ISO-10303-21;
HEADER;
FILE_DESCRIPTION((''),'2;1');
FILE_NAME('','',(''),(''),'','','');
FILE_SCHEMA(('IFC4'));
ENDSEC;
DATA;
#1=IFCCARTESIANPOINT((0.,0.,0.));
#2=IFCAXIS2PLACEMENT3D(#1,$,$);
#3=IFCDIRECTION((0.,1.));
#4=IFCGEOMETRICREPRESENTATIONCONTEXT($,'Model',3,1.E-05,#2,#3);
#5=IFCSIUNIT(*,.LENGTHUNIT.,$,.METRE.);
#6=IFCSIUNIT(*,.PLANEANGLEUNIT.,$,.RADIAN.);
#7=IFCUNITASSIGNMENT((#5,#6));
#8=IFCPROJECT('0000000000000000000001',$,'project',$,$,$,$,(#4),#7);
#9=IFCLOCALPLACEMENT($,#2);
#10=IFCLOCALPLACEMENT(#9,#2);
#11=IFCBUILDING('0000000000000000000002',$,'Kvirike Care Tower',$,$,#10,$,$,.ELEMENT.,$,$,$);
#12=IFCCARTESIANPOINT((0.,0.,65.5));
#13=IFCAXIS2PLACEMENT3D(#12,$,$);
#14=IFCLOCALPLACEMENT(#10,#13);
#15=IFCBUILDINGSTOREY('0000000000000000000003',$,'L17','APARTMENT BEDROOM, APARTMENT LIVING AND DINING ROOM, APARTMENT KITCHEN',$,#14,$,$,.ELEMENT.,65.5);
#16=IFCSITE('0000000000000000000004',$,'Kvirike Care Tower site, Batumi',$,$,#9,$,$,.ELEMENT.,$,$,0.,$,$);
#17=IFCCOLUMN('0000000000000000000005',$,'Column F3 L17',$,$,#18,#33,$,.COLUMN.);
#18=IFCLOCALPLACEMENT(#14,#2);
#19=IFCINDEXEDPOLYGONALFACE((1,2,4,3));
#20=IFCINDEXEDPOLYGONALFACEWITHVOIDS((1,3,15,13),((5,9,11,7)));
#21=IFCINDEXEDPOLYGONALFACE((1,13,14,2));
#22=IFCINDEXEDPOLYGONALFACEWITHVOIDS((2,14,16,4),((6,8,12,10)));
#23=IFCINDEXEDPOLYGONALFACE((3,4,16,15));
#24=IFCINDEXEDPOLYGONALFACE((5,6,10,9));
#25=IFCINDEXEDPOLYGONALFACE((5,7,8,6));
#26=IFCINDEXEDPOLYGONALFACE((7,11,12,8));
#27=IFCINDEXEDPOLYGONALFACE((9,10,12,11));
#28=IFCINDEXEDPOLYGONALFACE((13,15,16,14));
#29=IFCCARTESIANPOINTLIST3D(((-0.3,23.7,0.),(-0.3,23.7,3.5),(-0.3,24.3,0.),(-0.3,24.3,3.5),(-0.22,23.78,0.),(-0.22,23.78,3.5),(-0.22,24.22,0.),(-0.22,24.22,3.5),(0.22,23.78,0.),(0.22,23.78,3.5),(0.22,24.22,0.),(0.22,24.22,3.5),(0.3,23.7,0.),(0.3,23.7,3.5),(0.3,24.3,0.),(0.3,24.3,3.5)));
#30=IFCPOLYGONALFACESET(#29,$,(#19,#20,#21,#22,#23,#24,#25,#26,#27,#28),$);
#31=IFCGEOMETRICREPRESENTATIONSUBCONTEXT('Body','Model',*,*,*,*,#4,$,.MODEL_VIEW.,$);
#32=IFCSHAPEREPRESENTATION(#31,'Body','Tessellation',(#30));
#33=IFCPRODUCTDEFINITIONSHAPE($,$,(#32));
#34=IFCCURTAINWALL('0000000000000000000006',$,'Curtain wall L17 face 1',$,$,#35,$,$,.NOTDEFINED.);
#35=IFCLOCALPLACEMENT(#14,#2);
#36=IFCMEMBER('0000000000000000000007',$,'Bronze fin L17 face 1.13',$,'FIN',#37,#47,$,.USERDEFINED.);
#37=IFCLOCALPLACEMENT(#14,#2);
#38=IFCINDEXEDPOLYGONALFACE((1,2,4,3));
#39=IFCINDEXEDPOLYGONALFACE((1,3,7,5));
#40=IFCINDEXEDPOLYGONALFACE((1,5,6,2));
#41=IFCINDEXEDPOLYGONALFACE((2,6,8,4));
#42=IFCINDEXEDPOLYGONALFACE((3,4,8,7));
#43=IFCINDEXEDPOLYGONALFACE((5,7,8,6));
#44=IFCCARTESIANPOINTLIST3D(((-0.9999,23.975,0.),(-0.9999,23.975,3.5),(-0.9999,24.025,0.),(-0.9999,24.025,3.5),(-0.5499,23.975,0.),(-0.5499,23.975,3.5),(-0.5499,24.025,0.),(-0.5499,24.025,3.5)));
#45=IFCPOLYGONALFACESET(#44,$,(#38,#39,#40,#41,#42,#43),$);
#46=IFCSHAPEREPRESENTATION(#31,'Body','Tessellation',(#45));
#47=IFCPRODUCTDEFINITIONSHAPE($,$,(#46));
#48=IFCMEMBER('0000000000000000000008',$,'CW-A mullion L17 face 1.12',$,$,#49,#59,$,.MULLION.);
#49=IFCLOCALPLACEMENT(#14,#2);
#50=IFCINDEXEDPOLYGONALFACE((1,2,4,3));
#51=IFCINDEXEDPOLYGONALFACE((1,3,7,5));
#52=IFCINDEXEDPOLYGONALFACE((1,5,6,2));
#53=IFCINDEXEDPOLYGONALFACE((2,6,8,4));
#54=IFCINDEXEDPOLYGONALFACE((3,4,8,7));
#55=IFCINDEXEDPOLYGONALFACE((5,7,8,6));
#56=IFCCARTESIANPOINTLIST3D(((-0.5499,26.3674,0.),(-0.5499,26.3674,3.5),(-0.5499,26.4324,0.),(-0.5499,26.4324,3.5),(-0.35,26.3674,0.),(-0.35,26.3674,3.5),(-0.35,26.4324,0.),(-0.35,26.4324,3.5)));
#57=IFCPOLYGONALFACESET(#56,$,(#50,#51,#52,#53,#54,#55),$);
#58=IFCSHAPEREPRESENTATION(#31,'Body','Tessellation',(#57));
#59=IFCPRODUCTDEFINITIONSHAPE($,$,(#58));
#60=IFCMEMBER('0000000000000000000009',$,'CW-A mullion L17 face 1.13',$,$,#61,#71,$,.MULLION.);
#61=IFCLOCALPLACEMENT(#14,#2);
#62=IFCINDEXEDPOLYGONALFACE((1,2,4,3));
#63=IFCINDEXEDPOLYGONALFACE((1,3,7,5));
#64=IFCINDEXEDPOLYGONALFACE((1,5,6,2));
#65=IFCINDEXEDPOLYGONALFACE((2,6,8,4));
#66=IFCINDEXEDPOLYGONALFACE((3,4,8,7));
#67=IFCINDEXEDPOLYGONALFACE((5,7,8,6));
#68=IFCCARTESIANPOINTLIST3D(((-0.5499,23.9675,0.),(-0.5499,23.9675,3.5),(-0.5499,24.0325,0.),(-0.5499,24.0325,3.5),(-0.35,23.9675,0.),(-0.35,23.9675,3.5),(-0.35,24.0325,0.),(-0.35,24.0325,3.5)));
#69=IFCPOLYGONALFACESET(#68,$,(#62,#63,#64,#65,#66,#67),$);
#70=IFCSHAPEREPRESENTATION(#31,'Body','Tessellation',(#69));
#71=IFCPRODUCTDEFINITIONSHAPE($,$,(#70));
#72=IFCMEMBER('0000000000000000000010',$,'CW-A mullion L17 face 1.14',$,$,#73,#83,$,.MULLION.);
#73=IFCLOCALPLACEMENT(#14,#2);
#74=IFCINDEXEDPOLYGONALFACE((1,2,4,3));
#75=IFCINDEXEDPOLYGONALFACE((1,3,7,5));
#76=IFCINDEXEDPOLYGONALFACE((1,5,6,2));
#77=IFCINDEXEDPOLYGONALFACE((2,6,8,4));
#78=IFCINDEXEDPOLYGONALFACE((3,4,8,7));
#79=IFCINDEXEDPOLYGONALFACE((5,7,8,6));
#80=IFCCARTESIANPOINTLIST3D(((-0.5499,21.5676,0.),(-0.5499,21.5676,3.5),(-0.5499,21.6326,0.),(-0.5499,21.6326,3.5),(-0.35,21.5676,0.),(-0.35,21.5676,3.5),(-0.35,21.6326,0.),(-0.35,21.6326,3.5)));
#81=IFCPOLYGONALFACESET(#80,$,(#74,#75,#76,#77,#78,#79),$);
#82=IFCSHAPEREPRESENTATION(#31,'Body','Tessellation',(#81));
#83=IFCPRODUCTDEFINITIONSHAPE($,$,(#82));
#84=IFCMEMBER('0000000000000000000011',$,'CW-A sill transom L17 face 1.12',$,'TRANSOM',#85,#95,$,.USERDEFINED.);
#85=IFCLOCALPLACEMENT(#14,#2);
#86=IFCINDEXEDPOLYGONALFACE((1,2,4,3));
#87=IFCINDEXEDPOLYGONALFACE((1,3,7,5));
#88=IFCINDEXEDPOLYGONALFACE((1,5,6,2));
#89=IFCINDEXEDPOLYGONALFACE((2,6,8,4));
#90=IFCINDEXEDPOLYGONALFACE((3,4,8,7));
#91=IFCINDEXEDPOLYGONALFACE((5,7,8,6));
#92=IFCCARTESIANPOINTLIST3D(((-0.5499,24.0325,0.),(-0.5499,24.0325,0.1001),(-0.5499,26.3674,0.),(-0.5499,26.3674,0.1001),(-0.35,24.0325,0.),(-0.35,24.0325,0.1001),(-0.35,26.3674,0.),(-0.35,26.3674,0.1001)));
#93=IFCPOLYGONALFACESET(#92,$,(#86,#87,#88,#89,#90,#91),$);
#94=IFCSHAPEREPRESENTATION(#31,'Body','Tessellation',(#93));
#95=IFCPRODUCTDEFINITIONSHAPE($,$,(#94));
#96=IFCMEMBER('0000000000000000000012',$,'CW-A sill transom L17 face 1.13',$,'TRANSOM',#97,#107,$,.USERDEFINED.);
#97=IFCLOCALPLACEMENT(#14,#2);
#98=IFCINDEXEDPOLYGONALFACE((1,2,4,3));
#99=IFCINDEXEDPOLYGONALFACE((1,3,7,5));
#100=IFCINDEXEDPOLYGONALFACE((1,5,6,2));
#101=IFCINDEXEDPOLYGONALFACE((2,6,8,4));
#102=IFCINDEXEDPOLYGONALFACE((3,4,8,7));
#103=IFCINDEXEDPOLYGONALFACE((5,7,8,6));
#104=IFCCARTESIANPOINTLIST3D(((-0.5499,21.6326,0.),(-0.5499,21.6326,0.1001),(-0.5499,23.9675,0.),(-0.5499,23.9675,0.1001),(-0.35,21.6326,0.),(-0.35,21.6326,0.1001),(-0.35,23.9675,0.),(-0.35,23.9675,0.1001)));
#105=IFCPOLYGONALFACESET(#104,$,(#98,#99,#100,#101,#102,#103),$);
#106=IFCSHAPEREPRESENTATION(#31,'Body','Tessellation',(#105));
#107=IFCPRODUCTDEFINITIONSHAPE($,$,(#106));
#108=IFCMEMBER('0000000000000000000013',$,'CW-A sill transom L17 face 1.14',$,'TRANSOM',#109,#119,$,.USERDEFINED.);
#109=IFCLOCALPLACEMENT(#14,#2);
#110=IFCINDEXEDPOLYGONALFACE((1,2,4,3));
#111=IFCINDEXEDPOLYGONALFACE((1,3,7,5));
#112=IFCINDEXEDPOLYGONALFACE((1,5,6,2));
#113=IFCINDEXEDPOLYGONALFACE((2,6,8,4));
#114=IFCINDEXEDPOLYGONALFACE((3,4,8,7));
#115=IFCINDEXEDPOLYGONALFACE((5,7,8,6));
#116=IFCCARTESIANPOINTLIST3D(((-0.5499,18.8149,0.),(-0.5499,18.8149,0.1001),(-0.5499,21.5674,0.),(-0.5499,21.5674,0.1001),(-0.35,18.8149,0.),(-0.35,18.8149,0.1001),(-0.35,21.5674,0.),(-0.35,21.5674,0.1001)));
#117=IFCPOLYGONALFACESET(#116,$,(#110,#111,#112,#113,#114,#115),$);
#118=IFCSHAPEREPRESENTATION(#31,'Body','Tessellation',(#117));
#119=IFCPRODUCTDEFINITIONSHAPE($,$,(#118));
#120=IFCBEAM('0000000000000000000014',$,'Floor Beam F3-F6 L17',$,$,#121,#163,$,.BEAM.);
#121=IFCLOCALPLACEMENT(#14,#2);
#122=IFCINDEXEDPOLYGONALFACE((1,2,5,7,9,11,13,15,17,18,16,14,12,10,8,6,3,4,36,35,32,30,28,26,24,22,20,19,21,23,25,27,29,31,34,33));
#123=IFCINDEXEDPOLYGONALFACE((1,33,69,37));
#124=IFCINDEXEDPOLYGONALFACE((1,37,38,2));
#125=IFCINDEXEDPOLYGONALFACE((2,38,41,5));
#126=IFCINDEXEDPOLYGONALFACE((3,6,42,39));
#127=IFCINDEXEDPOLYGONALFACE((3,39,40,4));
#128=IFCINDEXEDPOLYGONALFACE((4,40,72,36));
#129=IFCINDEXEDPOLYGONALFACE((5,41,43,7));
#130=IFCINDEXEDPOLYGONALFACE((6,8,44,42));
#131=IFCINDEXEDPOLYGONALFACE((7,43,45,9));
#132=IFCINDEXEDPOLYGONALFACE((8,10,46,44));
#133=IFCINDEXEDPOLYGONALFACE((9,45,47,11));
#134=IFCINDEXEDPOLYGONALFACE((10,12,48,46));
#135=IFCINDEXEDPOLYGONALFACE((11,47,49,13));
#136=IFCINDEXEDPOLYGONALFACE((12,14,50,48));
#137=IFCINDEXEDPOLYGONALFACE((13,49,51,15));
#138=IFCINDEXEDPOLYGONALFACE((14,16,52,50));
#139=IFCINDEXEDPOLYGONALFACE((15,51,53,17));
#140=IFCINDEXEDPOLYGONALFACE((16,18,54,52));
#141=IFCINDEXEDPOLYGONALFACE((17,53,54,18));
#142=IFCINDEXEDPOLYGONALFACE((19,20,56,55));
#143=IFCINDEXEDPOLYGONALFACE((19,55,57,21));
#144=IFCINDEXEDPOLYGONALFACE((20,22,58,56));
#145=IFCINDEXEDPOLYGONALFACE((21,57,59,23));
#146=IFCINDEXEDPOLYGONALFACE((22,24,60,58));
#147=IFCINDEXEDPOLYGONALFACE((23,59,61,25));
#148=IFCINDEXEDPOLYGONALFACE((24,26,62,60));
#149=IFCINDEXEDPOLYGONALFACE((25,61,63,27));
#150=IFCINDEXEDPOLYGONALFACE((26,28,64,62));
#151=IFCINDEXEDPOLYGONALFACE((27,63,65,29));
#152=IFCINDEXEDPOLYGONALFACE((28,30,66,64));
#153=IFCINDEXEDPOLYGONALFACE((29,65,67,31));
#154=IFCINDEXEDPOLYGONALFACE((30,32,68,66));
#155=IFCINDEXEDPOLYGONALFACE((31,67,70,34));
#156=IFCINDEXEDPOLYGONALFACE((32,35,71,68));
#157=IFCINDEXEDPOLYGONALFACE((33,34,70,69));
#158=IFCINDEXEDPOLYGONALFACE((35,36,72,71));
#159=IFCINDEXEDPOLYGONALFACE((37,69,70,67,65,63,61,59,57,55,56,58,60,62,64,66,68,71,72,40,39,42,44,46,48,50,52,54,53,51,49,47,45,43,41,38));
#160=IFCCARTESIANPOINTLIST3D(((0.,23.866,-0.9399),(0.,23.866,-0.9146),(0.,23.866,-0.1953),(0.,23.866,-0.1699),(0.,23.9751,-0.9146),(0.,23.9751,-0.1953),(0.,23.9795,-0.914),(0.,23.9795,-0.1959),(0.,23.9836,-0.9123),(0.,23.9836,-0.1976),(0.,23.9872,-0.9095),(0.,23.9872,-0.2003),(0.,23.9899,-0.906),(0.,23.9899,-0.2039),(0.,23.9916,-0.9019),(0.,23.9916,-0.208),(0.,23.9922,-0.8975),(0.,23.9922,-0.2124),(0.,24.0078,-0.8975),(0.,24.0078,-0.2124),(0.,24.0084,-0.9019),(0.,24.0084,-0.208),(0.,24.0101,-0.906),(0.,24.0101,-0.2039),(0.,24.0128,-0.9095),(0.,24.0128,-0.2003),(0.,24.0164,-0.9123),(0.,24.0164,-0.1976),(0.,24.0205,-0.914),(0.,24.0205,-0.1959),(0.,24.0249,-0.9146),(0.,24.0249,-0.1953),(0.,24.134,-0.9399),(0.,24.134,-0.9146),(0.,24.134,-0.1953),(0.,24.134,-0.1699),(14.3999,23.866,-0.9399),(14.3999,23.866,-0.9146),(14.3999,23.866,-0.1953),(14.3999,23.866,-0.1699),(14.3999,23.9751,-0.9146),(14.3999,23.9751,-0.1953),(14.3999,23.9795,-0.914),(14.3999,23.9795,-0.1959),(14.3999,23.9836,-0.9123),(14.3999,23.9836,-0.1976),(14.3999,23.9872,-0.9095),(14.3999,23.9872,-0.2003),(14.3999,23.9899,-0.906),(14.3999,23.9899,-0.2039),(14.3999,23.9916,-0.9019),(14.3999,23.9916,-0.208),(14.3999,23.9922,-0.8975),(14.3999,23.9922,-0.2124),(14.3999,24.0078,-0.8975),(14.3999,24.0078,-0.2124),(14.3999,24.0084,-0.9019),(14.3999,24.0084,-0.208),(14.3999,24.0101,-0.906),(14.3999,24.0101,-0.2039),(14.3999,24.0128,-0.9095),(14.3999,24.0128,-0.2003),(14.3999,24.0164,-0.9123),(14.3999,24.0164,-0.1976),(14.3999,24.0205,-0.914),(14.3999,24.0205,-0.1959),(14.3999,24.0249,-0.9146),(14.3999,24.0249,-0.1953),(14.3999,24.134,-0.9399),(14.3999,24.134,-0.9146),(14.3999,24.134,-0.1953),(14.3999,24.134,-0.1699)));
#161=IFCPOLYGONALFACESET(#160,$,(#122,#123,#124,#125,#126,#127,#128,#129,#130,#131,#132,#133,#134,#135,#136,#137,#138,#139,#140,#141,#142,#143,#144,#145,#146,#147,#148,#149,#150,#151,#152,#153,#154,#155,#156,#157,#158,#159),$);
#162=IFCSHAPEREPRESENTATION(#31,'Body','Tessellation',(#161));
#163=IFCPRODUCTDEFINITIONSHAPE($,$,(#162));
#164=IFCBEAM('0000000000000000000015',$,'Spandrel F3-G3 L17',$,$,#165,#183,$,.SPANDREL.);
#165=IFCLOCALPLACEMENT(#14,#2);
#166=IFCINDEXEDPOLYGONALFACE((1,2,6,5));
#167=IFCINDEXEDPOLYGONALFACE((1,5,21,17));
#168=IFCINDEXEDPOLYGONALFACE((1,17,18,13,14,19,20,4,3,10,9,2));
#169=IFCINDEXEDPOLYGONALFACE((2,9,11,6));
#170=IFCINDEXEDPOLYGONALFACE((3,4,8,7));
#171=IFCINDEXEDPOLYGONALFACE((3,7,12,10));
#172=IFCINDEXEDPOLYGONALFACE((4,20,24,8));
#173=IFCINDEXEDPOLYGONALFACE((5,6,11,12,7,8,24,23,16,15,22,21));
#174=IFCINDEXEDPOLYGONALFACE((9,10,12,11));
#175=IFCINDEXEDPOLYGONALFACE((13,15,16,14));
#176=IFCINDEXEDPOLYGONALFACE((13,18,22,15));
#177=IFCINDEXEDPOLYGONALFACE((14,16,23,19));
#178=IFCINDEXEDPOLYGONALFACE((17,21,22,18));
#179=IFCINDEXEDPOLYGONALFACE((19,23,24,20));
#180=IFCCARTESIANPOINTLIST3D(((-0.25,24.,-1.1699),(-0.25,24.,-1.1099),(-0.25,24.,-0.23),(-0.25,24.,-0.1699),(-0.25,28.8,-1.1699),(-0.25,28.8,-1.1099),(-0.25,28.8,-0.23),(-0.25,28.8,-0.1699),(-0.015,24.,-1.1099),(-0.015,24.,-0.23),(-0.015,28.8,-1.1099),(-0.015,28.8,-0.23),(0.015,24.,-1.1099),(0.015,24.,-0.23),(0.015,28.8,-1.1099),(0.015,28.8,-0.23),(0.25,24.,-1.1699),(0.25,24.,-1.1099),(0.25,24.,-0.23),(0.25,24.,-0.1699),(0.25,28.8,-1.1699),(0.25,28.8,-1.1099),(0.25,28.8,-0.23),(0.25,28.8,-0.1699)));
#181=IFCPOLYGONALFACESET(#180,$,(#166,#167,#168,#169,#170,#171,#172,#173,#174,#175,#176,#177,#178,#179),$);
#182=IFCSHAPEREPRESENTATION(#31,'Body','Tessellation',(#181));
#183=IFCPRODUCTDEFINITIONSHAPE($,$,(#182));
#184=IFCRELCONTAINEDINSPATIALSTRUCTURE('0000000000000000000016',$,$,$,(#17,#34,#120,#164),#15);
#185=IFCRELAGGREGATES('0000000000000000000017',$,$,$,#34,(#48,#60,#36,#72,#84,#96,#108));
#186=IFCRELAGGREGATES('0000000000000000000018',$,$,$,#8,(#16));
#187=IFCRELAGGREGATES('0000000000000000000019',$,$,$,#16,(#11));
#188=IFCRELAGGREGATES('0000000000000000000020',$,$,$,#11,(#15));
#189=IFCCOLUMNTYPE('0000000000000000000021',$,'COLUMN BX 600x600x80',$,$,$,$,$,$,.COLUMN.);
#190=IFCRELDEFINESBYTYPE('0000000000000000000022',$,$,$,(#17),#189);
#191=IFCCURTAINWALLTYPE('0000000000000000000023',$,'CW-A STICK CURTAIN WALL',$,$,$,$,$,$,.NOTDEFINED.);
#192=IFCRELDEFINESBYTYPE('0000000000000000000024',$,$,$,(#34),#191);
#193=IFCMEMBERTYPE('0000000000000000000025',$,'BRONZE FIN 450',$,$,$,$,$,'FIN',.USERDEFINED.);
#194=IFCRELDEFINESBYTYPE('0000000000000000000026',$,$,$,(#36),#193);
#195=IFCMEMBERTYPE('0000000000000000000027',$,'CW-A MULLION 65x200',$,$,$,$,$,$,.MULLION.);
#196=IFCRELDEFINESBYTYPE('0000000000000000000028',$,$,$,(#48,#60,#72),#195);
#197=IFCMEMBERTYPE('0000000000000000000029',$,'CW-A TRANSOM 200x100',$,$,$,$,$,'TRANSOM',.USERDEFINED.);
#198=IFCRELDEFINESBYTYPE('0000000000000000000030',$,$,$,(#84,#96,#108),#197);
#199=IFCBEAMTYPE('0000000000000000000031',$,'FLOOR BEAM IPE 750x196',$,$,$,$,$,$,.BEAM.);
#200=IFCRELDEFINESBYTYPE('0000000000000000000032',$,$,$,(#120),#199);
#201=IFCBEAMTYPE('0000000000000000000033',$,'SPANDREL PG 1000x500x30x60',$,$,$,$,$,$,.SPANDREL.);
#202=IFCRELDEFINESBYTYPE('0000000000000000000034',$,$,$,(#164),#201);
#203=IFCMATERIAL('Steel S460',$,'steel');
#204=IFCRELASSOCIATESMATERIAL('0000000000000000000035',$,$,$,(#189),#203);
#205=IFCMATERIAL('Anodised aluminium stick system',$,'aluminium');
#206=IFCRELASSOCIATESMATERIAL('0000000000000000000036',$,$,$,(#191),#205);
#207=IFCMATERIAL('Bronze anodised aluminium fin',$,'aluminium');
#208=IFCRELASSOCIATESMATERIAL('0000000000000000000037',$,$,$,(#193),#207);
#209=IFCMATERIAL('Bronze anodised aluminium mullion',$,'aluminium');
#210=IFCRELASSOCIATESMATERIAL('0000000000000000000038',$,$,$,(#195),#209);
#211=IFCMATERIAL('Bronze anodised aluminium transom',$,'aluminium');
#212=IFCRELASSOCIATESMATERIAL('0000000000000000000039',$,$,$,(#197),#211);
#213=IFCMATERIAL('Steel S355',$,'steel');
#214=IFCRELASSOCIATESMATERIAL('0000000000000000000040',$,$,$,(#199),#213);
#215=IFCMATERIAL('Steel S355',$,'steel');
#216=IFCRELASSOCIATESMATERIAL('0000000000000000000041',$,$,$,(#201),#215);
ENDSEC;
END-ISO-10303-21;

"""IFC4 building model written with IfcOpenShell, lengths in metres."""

from ifc_helpers import new_model, si_unit, direction, frame, origin, origin_2d, place, context, subcontext, project, spatial, rectangle, hollow_rectangle, i_section, extrude, material, material_profile, profile_set, type_object, element, aggregate, save


model = new_model("IFC4")

# Units and contexts
model_context = context("Model", 3, precision=1e-05, world=origin(), true_north=direction((0.0, 1.0)))
body_context = subcontext(model_context, "Body", "Model", "MODEL_VIEW")
ifc_project = project(units=[si_unit("LENGTHUNIT", "METRE"), si_unit("PLANEANGLEUNIT", "RADIAN")], contexts=[model_context])

# Site, building, storey
site_placement = place(None, origin())
site = spatial("IfcSite", under=ifc_project, at=site_placement, Name="Kvirike Care Tower site, Batumi", CompositionType="ELEMENT", RefElevation=0.0)
building_placement = place(site_placement, origin())
building = spatial("IfcBuilding", under=site, at=building_placement, Name="Kvirike Care Tower", CompositionType="ELEMENT")
storey_placement = place(building_placement, frame((0.0, 0.0, 65.5)))
storey = spatial("IfcBuildingStorey", under=building, at=storey_placement, Name="L17", Description="APARTMENT BEDROOM, APARTMENT LIVING AND DINING ROOM, APARTMENT KITCHEN", CompositionType="ELEMENT", Elevation=65.5)

# Column
ifc_material_1 = material(Name="Steel S460", Category="steel")
ifc_material_profile_1 = material_profile(ifc_material_1, hollow_rectangle(XDim=0.6001, YDim=0.6001, WallThickness=0.0801, at=origin_2d()), Name="BX 600x600x80")
ifc_profile_set_1 = profile_set([ifc_material_profile_1], Name="Steel S460")
column_type = type_object("IfcColumnType", Name="COLUMN BX 600x600x80", PredefinedType="COLUMN", material=ifc_profile_set_1)
column_placement = place(storey_placement, frame((0.0, 24.0, 0.0), z_axis=(0.0, 0.0, 1.0), x_axis=(1.0, 0.0, 0.0)))
element("IfcColumn", 1, at=column_placement, inside=storey, type_object=column_type, Name="Column F3 L17", PredefinedType="COLUMN", context=body_context, shape_type="SweptSolid", body=[
    extrude(hollow_rectangle(XDim=0.6001, YDim=0.6001, WallThickness=0.0801, at=origin_2d()), origin(), (0.0, 0.0, 1.0), 3.5),
])

# Curtain wall, members
ifc_material_2 = material(Name="Anodised aluminium stick system", Category="aluminium")
curtain_wall_type = type_object("IfcCurtainWallType", Name="CW-A STICK CURTAIN WALL", PredefinedType="NOTDEFINED", material=ifc_material_2)
curtain_wall_placement = place(storey_placement, origin())
curtain_wall = element("IfcCurtainWall", 2, at=curtain_wall_placement, inside=storey, type_object=curtain_wall_type, Name="Curtain wall L17 face 1", PredefinedType="NOTDEFINED")
ifc_material_3 = material(Name="Bronze anodised aluminium fin", Category="aluminium")
ifc_material_profile_2 = material_profile(ifc_material_3, rectangle(XDim=0.05, YDim=0.45, at=origin_2d()), Name="BRONZE FIN 450")
ifc_profile_set_2 = profile_set([ifc_material_profile_2], Name="Bronze anodised aluminium fin")
member_type_1 = type_object("IfcMemberType", Name="BRONZE FIN 450", ElementType="FIN", PredefinedType="USERDEFINED", material=ifc_profile_set_2)
member_1_placement = place(storey_placement, frame((-0.7749, 24.0, 0.0), z_axis=(0.0, 0.0, 1.0), x_axis=(0.0, -1.0, 0.0)))
member_1 = element("IfcMember", 3, at=member_1_placement, type_object=member_type_1, Name="Bronze fin L17 face 1.13", ObjectType="FIN", PredefinedType="USERDEFINED", context=body_context, shape_type="SweptSolid", body=[
    extrude(rectangle(XDim=0.05, YDim=0.45, at=origin_2d()), origin(), (0.0, 0.0, 1.0), 3.5),
])
ifc_material_4 = material(Name="Bronze anodised aluminium mullion", Category="aluminium")
ifc_material_profile_3 = material_profile(ifc_material_4, rectangle(XDim=0.0649, YDim=0.2, at=origin_2d()), Name="CW-A MULLION 65x200")
ifc_profile_set_3 = profile_set([ifc_material_profile_3], Name="Bronze anodised aluminium mullion")
member_type_2 = type_object("IfcMemberType", Name="CW-A MULLION 65x200", PredefinedType="MULLION", material=ifc_profile_set_3)
member_2_placement = place(storey_placement, frame((-0.45, 26.3999, 0.0), z_axis=(0.0, 0.0, 1.0), x_axis=(0.0, -1.0, 0.0)))
member_2 = element("IfcMember", 4, at=member_2_placement, type_object=member_type_2, Name="CW-A mullion L17 face 1.12", PredefinedType="MULLION", context=body_context, shape_type="SweptSolid", body=[
    extrude(rectangle(XDim=0.0649, YDim=0.2, at=origin_2d()), origin(), (0.0, 0.0, 1.0), 3.5),
])
member_3_placement = place(storey_placement, frame((-0.45, 24.0, 0.0), z_axis=(0.0, 0.0, 1.0), x_axis=(0.0, -1.0, 0.0)))
member_3 = element("IfcMember", 5, at=member_3_placement, type_object=member_type_2, Name="CW-A mullion L17 face 1.13", PredefinedType="MULLION", context=body_context, shape_type="SweptSolid", body=[
    extrude(rectangle(XDim=0.0649, YDim=0.2, at=origin_2d()), origin(), (0.0, 0.0, 1.0), 3.5),
])
member_4_placement = place(storey_placement, frame((-0.45, 21.6001, 0.0), z_axis=(0.0, 0.0, 1.0), x_axis=(0.0, -1.0, 0.0)))
member_4 = element("IfcMember", 6, at=member_4_placement, type_object=member_type_2, Name="CW-A mullion L17 face 1.14", PredefinedType="MULLION", context=body_context, shape_type="SweptSolid", body=[
    extrude(rectangle(XDim=0.0649, YDim=0.2, at=origin_2d()), origin(), (0.0, 0.0, 1.0), 3.5),
])
ifc_material_5 = material(Name="Bronze anodised aluminium transom", Category="aluminium")
ifc_material_profile_4 = material_profile(ifc_material_5, rectangle(XDim=0.2, YDim=0.1001, at=origin_2d()), Name="CW-A TRANSOM 200x100")
ifc_profile_set_4 = profile_set([ifc_material_profile_4], Name="Bronze anodised aluminium transom")
member_type_3 = type_object("IfcMemberType", Name="CW-A TRANSOM 200x100", ElementType="TRANSOM", PredefinedType="USERDEFINED", material=ifc_profile_set_4)
member_5_placement = place(storey_placement, frame((-0.45, 26.3674, 0.05), z_axis=(0.0, -1.0, 0.0), x_axis=(1.0, 0.0, 0.0)))
member_5 = element("IfcMember", 7, at=member_5_placement, type_object=member_type_3, Name="CW-A sill transom L17 face 1.12", ObjectType="TRANSOM", PredefinedType="USERDEFINED", context=body_context, shape_type="SweptSolid", body=[
    extrude(rectangle(XDim=0.2, YDim=0.1001, at=origin_2d()), origin(), (0.0, 0.0, 1.0), 2.335),
])
member_6_placement = place(storey_placement, frame((-0.45, 23.9675, 0.05), z_axis=(0.0, -1.0, 0.0), x_axis=(1.0, 0.0, 0.0)))
member_6 = element("IfcMember", 8, at=member_6_placement, type_object=member_type_3, Name="CW-A sill transom L17 face 1.13", ObjectType="TRANSOM", PredefinedType="USERDEFINED", context=body_context, shape_type="SweptSolid", body=[
    extrude(rectangle(XDim=0.2, YDim=0.1001, at=origin_2d()), origin(), (0.0, 0.0, 1.0), 2.335),
])
member_7_placement = place(storey_placement, frame((-0.45, 21.5674, 0.05), z_axis=(0.0, -1.0, 0.0), x_axis=(1.0, 0.0, 0.0)))
member_7 = element("IfcMember", 9, at=member_7_placement, type_object=member_type_3, Name="CW-A sill transom L17 face 1.14", ObjectType="TRANSOM", PredefinedType="USERDEFINED", context=body_context, shape_type="SweptSolid", body=[
    extrude(rectangle(XDim=0.2, YDim=0.1001, at=origin_2d()), origin(), (0.0, 0.0, 1.0), 2.7524),
])

# Beams
ifc_material_6 = material(Name="Steel S355", Category="steel")
ifc_material_profile_5 = material_profile(ifc_material_6, i_section(OverallWidth=0.2681, OverallDepth=0.77, WebThickness=0.0156, FlangeThickness=0.0254, FilletRadius=0.0171, at=origin_2d()), Name="IPE 750x196")
ifc_profile_set_5 = profile_set([ifc_material_profile_5], Name="Steel S355")
beam_type_1 = type_object("IfcBeamType", Name="FLOOR BEAM IPE 750x196", PredefinedType="BEAM", material=ifc_profile_set_5)
beam_1_placement = place(storey_placement, frame((0.0, 24.0, -0.5549), z_axis=(1.0, 0.0, 0.0), x_axis=(0.0, 1.0, 0.0)))
element("IfcBeam", 10, at=beam_1_placement, inside=storey, type_object=beam_type_1, Name="Floor Beam F3-F6 L17", PredefinedType="BEAM", context=body_context, shape_type="SweptSolid", body=[
    extrude(i_section(OverallWidth=0.2681, OverallDepth=0.77, WebThickness=0.0156, FlangeThickness=0.0254, FilletRadius=0.0171, at=origin_2d()), origin(), (0.0, 0.0, 1.0), 14.3999),
])
ifc_material_7 = material(Name="Steel S355", Category="steel")
ifc_material_profile_6 = material_profile(ifc_material_7, i_section(OverallWidth=0.5, OverallDepth=1.0, WebThickness=0.03, FlangeThickness=0.0601, at=origin_2d()), Name="PG 1000x500x30x60")
ifc_profile_set_6 = profile_set([ifc_material_profile_6], Name="Steel S355")
beam_type_2 = type_object("IfcBeamType", Name="SPANDREL PG 1000x500x30x60", PredefinedType="SPANDREL", material=ifc_profile_set_6)
beam_2_placement = place(storey_placement, frame((0.0, 24.0, -0.6699), z_axis=(0.0, 1.0, 0.0), x_axis=(-1.0, 0.0, 0.0)))
element("IfcBeam", 11, at=beam_2_placement, inside=storey, type_object=beam_type_2, Name="Spandrel F3-G3 L17", PredefinedType="SPANDREL", context=body_context, shape_type="SweptSolid", body=[
    extrude(i_section(OverallWidth=0.5, OverallDepth=1.0, WebThickness=0.03, FlangeThickness=0.0601, at=origin_2d()), origin(), (0.0, 0.0, 1.0), 4.8),
])

aggregate(curtain_wall, [member_2, member_3, member_1, member_4, member_5, member_6, member_7])

save(model, "model.ifc")
